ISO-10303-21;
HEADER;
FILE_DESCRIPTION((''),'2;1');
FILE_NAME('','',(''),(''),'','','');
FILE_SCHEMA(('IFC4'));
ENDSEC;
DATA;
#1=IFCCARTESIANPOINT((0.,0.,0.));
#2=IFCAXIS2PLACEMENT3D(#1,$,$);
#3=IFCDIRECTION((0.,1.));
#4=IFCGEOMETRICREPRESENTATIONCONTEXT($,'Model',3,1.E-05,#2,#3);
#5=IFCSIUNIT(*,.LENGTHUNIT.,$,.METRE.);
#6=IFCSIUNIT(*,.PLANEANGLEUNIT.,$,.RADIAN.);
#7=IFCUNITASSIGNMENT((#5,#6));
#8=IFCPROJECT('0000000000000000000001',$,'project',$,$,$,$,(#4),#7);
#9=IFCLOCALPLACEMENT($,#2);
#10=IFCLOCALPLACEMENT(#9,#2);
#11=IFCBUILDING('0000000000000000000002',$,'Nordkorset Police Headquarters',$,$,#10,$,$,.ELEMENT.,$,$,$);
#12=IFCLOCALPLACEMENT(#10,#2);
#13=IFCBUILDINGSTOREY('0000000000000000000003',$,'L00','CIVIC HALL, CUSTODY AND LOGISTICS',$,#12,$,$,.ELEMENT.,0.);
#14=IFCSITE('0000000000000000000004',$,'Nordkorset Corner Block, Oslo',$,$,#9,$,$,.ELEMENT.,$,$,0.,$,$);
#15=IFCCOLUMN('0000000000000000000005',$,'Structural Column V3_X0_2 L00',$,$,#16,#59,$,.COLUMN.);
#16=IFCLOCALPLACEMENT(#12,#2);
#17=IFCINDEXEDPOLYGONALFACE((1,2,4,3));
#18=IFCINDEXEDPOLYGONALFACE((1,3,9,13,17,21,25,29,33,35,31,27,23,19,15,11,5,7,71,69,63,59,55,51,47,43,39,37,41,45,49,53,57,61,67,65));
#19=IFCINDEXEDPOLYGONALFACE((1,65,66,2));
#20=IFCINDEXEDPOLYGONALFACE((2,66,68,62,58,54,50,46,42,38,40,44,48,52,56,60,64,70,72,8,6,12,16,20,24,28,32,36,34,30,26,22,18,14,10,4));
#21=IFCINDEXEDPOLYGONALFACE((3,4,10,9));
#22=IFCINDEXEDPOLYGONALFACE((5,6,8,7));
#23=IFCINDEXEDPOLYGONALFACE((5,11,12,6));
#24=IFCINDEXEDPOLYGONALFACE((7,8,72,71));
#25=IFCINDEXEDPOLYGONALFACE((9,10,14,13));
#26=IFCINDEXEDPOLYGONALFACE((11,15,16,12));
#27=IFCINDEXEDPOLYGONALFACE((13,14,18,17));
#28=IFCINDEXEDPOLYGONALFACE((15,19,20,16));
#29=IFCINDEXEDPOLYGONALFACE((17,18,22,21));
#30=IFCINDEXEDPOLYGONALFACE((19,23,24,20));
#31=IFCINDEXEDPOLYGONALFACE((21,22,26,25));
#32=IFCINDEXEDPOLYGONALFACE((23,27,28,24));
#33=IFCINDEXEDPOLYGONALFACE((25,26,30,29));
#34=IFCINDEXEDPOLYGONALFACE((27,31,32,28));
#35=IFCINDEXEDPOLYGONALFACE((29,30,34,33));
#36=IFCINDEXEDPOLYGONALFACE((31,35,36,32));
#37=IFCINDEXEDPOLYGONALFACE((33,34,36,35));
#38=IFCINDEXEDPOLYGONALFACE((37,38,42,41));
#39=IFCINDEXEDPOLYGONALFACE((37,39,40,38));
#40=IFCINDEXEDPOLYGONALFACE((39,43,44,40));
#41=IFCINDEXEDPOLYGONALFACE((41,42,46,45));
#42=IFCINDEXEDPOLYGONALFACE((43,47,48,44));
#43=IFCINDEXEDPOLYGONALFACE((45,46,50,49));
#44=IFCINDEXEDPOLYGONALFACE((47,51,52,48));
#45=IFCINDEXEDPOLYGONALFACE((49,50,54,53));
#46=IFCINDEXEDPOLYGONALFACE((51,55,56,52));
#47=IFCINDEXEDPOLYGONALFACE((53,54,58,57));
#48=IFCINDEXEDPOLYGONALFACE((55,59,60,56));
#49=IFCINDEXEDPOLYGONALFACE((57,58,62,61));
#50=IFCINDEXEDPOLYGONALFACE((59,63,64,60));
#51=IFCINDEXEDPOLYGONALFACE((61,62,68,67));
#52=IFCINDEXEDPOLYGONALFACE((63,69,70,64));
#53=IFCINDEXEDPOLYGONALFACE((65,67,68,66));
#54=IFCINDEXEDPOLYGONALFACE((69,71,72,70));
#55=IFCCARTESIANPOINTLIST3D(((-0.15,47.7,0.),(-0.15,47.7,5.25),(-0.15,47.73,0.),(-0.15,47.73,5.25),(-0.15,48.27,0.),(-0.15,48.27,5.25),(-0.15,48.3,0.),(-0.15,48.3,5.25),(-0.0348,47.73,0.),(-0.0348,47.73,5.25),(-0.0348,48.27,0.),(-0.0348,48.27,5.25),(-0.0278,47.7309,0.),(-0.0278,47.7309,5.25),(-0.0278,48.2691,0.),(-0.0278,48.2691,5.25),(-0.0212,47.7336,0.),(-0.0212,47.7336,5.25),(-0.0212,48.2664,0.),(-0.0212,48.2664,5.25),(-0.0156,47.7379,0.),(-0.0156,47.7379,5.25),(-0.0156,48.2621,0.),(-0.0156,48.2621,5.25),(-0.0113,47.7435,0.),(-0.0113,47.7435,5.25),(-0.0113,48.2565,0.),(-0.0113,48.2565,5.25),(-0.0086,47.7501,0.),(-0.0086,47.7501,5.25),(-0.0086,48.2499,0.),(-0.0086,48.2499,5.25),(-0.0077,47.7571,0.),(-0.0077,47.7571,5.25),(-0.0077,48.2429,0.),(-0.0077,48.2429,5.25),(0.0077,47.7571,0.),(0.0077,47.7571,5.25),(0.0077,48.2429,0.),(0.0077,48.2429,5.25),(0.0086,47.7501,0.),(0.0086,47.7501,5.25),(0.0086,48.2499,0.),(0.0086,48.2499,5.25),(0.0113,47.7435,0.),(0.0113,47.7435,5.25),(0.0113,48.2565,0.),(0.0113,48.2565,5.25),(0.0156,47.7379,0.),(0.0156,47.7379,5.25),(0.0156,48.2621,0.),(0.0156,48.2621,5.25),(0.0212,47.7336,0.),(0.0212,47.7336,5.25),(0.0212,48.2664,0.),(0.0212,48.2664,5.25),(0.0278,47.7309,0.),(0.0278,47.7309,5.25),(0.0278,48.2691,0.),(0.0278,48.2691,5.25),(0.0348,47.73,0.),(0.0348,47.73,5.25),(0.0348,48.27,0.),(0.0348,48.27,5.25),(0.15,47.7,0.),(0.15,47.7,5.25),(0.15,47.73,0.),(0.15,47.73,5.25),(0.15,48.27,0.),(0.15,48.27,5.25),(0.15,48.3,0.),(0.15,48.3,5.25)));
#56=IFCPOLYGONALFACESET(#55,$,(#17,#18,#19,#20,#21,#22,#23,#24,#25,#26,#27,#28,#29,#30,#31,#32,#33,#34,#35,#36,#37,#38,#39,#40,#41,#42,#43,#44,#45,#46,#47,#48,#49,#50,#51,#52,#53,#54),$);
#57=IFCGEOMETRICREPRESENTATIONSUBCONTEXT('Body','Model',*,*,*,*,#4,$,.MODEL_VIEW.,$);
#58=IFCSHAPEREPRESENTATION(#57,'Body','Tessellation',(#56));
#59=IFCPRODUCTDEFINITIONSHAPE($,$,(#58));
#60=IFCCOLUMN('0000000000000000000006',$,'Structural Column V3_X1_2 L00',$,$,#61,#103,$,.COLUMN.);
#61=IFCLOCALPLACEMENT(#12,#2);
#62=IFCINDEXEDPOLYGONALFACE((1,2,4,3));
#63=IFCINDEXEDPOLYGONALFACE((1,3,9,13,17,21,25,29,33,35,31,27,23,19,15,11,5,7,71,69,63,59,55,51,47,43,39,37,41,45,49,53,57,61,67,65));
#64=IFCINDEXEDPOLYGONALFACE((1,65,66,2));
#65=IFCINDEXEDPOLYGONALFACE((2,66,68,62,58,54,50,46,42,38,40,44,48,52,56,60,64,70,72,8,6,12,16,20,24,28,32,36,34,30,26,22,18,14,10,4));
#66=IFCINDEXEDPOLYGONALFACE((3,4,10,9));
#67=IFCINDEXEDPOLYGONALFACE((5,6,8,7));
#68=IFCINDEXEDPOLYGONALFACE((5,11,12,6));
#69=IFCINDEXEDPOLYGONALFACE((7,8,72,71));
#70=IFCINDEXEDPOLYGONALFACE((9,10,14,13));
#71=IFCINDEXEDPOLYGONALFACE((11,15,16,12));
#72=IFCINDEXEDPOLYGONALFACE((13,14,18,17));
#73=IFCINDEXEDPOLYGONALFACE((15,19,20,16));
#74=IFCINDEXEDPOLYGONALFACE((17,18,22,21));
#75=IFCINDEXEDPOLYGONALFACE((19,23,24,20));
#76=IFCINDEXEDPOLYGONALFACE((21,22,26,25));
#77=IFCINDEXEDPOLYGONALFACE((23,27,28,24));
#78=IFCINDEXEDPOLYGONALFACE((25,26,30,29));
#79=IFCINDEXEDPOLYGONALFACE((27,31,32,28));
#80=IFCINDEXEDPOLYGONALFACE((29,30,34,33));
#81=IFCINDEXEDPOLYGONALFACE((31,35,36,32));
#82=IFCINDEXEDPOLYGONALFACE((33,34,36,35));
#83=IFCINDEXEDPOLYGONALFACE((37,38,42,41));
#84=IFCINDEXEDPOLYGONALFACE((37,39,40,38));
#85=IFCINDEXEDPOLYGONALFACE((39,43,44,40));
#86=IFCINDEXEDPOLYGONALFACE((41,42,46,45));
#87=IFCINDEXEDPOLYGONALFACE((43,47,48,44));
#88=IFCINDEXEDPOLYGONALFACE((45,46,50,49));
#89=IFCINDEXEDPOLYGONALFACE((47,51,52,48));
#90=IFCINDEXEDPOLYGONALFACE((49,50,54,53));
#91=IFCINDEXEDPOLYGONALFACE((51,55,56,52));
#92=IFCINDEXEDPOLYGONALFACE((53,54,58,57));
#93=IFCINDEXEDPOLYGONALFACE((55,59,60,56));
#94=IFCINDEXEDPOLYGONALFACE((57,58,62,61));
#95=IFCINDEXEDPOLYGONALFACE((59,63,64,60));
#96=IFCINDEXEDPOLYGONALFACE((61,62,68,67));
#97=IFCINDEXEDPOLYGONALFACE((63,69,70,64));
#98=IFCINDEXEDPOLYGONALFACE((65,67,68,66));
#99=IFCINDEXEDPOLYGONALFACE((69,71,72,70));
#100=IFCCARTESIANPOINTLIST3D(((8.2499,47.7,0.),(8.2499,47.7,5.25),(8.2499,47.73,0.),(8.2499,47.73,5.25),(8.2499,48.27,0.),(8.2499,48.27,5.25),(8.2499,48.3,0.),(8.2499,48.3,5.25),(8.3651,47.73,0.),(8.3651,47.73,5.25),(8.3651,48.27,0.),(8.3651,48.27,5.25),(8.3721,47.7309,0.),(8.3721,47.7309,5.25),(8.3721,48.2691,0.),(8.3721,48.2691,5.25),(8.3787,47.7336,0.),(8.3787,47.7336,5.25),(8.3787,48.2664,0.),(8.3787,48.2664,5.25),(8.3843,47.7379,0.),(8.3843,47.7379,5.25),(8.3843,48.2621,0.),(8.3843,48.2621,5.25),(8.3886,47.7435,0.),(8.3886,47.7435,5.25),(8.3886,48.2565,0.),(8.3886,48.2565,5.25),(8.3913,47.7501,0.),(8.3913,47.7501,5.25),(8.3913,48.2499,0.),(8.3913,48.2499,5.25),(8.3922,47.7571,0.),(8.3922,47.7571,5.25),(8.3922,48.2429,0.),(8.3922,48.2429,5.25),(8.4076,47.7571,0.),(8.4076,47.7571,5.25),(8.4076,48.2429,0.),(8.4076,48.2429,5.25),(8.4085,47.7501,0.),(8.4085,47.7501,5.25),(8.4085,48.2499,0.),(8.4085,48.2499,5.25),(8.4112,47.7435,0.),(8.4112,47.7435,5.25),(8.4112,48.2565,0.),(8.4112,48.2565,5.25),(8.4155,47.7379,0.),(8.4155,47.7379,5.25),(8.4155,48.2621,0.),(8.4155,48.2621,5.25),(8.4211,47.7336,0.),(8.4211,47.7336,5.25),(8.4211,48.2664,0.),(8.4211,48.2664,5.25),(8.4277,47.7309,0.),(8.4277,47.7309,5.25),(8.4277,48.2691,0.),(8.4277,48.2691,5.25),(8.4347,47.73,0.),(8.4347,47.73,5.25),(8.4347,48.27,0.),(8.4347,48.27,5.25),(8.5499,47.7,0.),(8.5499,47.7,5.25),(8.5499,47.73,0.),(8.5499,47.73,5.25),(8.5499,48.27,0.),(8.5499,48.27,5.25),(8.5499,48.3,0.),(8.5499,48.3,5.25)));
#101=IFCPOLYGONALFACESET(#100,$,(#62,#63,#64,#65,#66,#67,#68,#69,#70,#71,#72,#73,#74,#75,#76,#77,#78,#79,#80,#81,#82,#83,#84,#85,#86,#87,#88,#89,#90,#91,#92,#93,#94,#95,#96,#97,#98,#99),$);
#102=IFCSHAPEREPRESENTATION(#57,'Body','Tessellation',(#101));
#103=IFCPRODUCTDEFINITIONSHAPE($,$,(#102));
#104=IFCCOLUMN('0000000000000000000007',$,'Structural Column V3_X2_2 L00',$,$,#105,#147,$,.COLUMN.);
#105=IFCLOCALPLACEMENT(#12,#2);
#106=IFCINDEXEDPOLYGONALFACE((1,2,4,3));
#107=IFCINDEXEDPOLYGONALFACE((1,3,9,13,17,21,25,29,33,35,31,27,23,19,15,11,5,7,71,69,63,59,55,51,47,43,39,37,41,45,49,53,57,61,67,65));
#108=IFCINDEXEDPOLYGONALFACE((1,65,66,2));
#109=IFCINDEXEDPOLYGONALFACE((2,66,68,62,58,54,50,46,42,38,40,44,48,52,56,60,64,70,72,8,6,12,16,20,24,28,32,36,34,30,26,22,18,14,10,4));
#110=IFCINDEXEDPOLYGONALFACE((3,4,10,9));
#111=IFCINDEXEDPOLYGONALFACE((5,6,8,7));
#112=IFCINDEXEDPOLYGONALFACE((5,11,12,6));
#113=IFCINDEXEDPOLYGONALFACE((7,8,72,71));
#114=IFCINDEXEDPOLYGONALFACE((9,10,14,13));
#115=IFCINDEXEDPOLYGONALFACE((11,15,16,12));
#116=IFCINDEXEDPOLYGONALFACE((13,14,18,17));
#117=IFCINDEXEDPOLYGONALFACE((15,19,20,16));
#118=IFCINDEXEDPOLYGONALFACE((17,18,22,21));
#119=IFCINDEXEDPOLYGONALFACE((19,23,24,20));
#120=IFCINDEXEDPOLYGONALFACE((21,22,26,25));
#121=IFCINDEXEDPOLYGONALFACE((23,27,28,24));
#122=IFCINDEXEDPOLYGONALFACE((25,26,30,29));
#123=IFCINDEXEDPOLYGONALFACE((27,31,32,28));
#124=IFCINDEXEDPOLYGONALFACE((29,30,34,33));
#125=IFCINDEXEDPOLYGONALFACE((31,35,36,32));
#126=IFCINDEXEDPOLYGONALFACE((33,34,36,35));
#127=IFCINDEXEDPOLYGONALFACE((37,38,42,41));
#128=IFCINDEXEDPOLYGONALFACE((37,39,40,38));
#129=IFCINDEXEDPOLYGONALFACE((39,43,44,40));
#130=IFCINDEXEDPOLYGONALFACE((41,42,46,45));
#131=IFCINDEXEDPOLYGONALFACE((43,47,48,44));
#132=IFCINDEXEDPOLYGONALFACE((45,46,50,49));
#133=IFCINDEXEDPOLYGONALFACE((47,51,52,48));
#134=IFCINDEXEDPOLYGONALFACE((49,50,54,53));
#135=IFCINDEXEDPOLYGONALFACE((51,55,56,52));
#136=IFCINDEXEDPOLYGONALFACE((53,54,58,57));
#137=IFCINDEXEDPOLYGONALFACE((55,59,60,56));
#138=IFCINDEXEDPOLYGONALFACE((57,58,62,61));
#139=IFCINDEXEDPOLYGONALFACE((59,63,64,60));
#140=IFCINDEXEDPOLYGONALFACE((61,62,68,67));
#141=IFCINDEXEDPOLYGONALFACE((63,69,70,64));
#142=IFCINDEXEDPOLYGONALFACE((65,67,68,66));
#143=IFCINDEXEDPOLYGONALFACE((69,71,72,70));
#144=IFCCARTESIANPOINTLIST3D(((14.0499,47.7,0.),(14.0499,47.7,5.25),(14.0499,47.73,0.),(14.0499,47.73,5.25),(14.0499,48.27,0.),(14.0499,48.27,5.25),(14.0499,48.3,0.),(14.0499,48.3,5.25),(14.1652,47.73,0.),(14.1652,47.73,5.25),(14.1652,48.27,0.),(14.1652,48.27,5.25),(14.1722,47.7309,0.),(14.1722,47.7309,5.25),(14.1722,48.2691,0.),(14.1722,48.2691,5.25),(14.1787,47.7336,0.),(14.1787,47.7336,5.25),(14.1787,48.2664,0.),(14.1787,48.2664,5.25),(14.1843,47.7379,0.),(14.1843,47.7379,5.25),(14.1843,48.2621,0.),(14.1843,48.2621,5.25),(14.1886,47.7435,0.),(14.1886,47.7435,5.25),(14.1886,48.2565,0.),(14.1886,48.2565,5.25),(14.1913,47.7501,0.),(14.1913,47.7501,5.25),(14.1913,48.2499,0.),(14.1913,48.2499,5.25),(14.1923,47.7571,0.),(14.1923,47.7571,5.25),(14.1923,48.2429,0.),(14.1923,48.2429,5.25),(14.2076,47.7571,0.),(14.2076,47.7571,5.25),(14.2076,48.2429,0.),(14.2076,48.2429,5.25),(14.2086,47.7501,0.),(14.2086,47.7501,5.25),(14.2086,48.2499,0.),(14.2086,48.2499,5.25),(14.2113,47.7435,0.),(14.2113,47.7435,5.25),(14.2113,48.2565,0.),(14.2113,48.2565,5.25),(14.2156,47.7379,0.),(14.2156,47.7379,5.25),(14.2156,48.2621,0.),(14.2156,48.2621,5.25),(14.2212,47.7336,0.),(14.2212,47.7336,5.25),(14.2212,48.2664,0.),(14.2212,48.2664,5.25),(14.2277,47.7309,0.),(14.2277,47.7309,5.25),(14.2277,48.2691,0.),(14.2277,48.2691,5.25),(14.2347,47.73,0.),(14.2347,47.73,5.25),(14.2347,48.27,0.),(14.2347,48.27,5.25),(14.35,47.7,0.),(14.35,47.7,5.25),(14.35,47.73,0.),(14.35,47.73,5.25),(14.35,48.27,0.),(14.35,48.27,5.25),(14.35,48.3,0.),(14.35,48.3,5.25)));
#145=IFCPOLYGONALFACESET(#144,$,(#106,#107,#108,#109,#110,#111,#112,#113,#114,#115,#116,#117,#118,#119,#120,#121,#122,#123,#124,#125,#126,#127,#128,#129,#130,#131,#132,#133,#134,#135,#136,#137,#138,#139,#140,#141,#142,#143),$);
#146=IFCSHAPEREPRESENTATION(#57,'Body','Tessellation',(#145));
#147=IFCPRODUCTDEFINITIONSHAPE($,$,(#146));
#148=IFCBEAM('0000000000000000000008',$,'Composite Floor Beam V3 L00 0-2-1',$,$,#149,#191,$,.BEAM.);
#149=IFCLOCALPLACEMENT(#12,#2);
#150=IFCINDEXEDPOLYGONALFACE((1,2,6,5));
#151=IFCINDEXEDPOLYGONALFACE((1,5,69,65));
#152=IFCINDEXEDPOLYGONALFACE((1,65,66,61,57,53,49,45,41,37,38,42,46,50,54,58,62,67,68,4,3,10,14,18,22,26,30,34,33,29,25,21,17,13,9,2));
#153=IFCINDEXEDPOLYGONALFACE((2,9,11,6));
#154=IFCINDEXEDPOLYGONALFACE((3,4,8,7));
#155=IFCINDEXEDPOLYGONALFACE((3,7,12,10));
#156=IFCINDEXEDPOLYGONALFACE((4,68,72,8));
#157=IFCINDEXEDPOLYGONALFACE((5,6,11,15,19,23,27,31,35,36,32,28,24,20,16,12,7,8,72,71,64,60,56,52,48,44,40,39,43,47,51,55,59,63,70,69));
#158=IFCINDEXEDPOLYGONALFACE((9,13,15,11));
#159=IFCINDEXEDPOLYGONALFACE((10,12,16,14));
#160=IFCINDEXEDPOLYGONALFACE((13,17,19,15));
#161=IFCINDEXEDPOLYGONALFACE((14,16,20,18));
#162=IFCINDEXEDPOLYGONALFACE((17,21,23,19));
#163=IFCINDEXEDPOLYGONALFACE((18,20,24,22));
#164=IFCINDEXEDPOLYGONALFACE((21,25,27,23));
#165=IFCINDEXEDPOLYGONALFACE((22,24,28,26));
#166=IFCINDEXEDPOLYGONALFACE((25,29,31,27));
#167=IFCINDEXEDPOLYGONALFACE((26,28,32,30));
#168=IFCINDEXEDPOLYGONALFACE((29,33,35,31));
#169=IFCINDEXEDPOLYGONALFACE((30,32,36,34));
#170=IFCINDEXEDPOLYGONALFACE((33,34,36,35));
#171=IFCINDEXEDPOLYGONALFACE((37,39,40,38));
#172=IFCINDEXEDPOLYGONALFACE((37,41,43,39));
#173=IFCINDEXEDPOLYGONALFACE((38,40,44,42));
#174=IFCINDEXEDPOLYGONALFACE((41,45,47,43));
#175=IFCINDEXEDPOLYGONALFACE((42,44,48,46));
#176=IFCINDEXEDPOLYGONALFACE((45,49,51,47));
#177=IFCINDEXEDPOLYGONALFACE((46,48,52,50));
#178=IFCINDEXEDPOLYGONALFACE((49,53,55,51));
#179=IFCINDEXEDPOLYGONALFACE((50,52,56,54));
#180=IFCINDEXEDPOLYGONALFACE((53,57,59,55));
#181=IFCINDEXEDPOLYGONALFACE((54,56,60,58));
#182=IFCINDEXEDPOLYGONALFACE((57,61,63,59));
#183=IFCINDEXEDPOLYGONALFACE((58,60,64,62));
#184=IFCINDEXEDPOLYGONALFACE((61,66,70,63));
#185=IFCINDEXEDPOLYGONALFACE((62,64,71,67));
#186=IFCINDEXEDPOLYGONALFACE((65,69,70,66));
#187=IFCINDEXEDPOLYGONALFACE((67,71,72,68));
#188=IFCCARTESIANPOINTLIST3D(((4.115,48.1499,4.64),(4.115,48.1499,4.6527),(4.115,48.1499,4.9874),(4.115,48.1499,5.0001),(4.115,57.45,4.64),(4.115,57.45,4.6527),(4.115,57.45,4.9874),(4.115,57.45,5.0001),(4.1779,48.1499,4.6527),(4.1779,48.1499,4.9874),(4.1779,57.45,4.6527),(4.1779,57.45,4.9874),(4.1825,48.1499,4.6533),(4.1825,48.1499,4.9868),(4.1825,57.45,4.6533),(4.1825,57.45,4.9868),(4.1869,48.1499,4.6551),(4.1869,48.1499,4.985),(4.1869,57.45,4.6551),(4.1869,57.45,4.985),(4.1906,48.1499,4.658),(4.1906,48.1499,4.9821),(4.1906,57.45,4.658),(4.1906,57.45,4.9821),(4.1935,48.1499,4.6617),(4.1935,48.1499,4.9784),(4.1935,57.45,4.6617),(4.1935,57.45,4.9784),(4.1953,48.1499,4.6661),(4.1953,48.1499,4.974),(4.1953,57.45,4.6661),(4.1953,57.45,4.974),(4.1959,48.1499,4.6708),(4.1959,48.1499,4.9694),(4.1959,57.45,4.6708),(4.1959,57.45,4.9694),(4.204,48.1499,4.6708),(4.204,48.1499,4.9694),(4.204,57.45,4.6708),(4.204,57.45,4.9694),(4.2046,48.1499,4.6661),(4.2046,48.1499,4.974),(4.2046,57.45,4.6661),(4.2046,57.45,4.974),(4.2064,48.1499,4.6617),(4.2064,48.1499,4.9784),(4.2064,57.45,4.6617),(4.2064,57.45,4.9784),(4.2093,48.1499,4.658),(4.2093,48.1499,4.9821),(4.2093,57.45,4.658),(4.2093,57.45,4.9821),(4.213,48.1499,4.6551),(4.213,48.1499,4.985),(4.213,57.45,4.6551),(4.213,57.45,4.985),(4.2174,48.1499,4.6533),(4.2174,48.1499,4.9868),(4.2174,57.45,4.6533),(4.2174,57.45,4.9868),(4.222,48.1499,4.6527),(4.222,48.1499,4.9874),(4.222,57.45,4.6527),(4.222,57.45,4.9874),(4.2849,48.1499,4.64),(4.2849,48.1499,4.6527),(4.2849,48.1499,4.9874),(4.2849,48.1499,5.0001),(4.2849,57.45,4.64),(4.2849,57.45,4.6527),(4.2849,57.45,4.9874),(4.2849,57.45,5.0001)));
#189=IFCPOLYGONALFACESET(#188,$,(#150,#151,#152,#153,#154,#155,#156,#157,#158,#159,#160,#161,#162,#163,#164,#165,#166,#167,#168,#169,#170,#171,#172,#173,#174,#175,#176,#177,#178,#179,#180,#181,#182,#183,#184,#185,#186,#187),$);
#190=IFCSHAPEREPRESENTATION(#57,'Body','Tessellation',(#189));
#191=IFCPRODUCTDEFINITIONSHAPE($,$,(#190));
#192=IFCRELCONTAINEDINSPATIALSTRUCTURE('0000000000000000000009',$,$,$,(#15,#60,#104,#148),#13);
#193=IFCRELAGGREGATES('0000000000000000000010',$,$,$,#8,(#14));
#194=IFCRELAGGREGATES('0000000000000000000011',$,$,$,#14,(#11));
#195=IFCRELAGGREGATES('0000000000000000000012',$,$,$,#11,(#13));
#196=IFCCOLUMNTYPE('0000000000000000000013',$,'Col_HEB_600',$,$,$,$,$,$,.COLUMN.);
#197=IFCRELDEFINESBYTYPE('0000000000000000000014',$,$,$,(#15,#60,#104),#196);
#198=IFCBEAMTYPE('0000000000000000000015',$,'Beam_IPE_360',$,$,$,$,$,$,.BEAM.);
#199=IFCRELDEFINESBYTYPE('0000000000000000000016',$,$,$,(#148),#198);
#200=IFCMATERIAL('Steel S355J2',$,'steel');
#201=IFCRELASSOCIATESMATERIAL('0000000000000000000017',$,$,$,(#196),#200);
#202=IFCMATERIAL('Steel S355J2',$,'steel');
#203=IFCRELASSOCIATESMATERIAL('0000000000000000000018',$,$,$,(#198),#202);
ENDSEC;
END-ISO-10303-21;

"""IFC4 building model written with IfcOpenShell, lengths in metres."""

from ifc_helpers import new_model, si_unit, direction, frame, origin, origin_2d, place, context, subcontext, project, spatial, i_section, extrude, material, material_profile, profile_set, type_object, element, save


model = new_model("IFC4")

# Units and contexts
model_context = context("Model", 3, precision=1e-05, world=origin(), true_north=direction((0.0, 1.0)))
body_context = subcontext(model_context, "Body", "Model", "MODEL_VIEW")
ifc_project = project(units=[si_unit("LENGTHUNIT", "METRE"), si_unit("PLANEANGLEUNIT", "RADIAN")], contexts=[model_context])

# Site, building, storey
site_placement = place(None, origin())
site = spatial("IfcSite", under=ifc_project, at=site_placement, Name="Nordkorset Corner Block, Oslo", CompositionType="ELEMENT", RefElevation=0.0)
building_placement = place(site_placement, origin())
building = spatial("IfcBuilding", under=site, at=building_placement, Name="Nordkorset Police Headquarters", CompositionType="ELEMENT")
storey_placement = place(building_placement, origin())
storey = spatial("IfcBuildingStorey", under=building, at=storey_placement, Name="L00", Description="CIVIC HALL, CUSTODY AND LOGISTICS", CompositionType="ELEMENT", Elevation=0.0)

# Columns
ifc_material_1 = material(Name="Steel S355J2", Category="steel")
ifc_material_profile_1 = material_profile(ifc_material_1, i_section(OverallWidth=0.3, OverallDepth=0.6001, WebThickness=0.0154, FlangeThickness=0.03, FilletRadius=0.0271, at=origin_2d()), Name="HEB 600")
ifc_profile_set_1 = profile_set([ifc_material_profile_1], Name="Steel S355J2")
column_type = type_object("IfcColumnType", Name="Col_HEB_600", PredefinedType="COLUMN", material=ifc_profile_set_1)
for number, where, z_axis, x_axis, name in (
    (1, (0.0, 48.0, 0.0), (0.0, 0.0, 1.0), (1.0, 0.0, 0.0), "Structural Column V3_X0_2 L00"),
    (2, (8.3999, 48.0, 0.0), (0.0, 0.0, 1.0), (1.0, 0.0, 0.0), "Structural Column V3_X1_2 L00"),
    (3, (14.2, 48.0, 0.0), (0.0, 0.0, 1.0), (1.0, 0.0, 0.0), "Structural Column V3_X2_2 L00"),
):
    element("IfcColumn", number, at=place(storey_placement, frame(where, z_axis=z_axis, x_axis=x_axis)), inside=storey, type_object=column_type, Name=name, PredefinedType="COLUMN", context=body_context, shape_type="SweptSolid", body=[
        extrude(i_section(OverallWidth=0.3, OverallDepth=0.6001, WebThickness=0.0154, FlangeThickness=0.03, FilletRadius=0.0271, at=origin_2d()), origin(), (0.0, 0.0, 1.0), 5.25),
    ])

# Beam
ifc_material_2 = material(Name="Steel S355J2", Category="steel")
ifc_material_profile_2 = material_profile(ifc_material_2, i_section(OverallWidth=0.1699, OverallDepth=0.3601, WebThickness=0.0081, FlangeThickness=0.0127, FilletRadius=0.0181, at=origin_2d()), Name="IPE 360")
ifc_profile_set_2 = profile_set([ifc_material_profile_2], Name="Steel S355J2")
beam_type_1 = type_object("IfcBeamType", Name="Beam_IPE_360", PredefinedType="BEAM", material=ifc_profile_set_2)
for number, where, z_axis, x_axis, name in (
    (4, (4.2, 48.1499, 4.8201), (0.0, 1.0, 0.0), (-1.0, 0.0, 0.0), "Composite Floor Beam V3 L00 0-2-1"),
):
    element("IfcBeam", number, at=place(storey_placement, frame(where, z_axis=z_axis, x_axis=x_axis)), inside=storey, type_object=beam_type_1, Name=name, PredefinedType="BEAM", context=body_context, shape_type="SweptSolid", body=[
        extrude(i_section(OverallWidth=0.1699, OverallDepth=0.3601, WebThickness=0.0081, FlangeThickness=0.0127, FilletRadius=0.0181, at=origin_2d()), origin(), (0.0, 0.0, 1.0), 9.3),
    ])

save(model, "model.ifc")
